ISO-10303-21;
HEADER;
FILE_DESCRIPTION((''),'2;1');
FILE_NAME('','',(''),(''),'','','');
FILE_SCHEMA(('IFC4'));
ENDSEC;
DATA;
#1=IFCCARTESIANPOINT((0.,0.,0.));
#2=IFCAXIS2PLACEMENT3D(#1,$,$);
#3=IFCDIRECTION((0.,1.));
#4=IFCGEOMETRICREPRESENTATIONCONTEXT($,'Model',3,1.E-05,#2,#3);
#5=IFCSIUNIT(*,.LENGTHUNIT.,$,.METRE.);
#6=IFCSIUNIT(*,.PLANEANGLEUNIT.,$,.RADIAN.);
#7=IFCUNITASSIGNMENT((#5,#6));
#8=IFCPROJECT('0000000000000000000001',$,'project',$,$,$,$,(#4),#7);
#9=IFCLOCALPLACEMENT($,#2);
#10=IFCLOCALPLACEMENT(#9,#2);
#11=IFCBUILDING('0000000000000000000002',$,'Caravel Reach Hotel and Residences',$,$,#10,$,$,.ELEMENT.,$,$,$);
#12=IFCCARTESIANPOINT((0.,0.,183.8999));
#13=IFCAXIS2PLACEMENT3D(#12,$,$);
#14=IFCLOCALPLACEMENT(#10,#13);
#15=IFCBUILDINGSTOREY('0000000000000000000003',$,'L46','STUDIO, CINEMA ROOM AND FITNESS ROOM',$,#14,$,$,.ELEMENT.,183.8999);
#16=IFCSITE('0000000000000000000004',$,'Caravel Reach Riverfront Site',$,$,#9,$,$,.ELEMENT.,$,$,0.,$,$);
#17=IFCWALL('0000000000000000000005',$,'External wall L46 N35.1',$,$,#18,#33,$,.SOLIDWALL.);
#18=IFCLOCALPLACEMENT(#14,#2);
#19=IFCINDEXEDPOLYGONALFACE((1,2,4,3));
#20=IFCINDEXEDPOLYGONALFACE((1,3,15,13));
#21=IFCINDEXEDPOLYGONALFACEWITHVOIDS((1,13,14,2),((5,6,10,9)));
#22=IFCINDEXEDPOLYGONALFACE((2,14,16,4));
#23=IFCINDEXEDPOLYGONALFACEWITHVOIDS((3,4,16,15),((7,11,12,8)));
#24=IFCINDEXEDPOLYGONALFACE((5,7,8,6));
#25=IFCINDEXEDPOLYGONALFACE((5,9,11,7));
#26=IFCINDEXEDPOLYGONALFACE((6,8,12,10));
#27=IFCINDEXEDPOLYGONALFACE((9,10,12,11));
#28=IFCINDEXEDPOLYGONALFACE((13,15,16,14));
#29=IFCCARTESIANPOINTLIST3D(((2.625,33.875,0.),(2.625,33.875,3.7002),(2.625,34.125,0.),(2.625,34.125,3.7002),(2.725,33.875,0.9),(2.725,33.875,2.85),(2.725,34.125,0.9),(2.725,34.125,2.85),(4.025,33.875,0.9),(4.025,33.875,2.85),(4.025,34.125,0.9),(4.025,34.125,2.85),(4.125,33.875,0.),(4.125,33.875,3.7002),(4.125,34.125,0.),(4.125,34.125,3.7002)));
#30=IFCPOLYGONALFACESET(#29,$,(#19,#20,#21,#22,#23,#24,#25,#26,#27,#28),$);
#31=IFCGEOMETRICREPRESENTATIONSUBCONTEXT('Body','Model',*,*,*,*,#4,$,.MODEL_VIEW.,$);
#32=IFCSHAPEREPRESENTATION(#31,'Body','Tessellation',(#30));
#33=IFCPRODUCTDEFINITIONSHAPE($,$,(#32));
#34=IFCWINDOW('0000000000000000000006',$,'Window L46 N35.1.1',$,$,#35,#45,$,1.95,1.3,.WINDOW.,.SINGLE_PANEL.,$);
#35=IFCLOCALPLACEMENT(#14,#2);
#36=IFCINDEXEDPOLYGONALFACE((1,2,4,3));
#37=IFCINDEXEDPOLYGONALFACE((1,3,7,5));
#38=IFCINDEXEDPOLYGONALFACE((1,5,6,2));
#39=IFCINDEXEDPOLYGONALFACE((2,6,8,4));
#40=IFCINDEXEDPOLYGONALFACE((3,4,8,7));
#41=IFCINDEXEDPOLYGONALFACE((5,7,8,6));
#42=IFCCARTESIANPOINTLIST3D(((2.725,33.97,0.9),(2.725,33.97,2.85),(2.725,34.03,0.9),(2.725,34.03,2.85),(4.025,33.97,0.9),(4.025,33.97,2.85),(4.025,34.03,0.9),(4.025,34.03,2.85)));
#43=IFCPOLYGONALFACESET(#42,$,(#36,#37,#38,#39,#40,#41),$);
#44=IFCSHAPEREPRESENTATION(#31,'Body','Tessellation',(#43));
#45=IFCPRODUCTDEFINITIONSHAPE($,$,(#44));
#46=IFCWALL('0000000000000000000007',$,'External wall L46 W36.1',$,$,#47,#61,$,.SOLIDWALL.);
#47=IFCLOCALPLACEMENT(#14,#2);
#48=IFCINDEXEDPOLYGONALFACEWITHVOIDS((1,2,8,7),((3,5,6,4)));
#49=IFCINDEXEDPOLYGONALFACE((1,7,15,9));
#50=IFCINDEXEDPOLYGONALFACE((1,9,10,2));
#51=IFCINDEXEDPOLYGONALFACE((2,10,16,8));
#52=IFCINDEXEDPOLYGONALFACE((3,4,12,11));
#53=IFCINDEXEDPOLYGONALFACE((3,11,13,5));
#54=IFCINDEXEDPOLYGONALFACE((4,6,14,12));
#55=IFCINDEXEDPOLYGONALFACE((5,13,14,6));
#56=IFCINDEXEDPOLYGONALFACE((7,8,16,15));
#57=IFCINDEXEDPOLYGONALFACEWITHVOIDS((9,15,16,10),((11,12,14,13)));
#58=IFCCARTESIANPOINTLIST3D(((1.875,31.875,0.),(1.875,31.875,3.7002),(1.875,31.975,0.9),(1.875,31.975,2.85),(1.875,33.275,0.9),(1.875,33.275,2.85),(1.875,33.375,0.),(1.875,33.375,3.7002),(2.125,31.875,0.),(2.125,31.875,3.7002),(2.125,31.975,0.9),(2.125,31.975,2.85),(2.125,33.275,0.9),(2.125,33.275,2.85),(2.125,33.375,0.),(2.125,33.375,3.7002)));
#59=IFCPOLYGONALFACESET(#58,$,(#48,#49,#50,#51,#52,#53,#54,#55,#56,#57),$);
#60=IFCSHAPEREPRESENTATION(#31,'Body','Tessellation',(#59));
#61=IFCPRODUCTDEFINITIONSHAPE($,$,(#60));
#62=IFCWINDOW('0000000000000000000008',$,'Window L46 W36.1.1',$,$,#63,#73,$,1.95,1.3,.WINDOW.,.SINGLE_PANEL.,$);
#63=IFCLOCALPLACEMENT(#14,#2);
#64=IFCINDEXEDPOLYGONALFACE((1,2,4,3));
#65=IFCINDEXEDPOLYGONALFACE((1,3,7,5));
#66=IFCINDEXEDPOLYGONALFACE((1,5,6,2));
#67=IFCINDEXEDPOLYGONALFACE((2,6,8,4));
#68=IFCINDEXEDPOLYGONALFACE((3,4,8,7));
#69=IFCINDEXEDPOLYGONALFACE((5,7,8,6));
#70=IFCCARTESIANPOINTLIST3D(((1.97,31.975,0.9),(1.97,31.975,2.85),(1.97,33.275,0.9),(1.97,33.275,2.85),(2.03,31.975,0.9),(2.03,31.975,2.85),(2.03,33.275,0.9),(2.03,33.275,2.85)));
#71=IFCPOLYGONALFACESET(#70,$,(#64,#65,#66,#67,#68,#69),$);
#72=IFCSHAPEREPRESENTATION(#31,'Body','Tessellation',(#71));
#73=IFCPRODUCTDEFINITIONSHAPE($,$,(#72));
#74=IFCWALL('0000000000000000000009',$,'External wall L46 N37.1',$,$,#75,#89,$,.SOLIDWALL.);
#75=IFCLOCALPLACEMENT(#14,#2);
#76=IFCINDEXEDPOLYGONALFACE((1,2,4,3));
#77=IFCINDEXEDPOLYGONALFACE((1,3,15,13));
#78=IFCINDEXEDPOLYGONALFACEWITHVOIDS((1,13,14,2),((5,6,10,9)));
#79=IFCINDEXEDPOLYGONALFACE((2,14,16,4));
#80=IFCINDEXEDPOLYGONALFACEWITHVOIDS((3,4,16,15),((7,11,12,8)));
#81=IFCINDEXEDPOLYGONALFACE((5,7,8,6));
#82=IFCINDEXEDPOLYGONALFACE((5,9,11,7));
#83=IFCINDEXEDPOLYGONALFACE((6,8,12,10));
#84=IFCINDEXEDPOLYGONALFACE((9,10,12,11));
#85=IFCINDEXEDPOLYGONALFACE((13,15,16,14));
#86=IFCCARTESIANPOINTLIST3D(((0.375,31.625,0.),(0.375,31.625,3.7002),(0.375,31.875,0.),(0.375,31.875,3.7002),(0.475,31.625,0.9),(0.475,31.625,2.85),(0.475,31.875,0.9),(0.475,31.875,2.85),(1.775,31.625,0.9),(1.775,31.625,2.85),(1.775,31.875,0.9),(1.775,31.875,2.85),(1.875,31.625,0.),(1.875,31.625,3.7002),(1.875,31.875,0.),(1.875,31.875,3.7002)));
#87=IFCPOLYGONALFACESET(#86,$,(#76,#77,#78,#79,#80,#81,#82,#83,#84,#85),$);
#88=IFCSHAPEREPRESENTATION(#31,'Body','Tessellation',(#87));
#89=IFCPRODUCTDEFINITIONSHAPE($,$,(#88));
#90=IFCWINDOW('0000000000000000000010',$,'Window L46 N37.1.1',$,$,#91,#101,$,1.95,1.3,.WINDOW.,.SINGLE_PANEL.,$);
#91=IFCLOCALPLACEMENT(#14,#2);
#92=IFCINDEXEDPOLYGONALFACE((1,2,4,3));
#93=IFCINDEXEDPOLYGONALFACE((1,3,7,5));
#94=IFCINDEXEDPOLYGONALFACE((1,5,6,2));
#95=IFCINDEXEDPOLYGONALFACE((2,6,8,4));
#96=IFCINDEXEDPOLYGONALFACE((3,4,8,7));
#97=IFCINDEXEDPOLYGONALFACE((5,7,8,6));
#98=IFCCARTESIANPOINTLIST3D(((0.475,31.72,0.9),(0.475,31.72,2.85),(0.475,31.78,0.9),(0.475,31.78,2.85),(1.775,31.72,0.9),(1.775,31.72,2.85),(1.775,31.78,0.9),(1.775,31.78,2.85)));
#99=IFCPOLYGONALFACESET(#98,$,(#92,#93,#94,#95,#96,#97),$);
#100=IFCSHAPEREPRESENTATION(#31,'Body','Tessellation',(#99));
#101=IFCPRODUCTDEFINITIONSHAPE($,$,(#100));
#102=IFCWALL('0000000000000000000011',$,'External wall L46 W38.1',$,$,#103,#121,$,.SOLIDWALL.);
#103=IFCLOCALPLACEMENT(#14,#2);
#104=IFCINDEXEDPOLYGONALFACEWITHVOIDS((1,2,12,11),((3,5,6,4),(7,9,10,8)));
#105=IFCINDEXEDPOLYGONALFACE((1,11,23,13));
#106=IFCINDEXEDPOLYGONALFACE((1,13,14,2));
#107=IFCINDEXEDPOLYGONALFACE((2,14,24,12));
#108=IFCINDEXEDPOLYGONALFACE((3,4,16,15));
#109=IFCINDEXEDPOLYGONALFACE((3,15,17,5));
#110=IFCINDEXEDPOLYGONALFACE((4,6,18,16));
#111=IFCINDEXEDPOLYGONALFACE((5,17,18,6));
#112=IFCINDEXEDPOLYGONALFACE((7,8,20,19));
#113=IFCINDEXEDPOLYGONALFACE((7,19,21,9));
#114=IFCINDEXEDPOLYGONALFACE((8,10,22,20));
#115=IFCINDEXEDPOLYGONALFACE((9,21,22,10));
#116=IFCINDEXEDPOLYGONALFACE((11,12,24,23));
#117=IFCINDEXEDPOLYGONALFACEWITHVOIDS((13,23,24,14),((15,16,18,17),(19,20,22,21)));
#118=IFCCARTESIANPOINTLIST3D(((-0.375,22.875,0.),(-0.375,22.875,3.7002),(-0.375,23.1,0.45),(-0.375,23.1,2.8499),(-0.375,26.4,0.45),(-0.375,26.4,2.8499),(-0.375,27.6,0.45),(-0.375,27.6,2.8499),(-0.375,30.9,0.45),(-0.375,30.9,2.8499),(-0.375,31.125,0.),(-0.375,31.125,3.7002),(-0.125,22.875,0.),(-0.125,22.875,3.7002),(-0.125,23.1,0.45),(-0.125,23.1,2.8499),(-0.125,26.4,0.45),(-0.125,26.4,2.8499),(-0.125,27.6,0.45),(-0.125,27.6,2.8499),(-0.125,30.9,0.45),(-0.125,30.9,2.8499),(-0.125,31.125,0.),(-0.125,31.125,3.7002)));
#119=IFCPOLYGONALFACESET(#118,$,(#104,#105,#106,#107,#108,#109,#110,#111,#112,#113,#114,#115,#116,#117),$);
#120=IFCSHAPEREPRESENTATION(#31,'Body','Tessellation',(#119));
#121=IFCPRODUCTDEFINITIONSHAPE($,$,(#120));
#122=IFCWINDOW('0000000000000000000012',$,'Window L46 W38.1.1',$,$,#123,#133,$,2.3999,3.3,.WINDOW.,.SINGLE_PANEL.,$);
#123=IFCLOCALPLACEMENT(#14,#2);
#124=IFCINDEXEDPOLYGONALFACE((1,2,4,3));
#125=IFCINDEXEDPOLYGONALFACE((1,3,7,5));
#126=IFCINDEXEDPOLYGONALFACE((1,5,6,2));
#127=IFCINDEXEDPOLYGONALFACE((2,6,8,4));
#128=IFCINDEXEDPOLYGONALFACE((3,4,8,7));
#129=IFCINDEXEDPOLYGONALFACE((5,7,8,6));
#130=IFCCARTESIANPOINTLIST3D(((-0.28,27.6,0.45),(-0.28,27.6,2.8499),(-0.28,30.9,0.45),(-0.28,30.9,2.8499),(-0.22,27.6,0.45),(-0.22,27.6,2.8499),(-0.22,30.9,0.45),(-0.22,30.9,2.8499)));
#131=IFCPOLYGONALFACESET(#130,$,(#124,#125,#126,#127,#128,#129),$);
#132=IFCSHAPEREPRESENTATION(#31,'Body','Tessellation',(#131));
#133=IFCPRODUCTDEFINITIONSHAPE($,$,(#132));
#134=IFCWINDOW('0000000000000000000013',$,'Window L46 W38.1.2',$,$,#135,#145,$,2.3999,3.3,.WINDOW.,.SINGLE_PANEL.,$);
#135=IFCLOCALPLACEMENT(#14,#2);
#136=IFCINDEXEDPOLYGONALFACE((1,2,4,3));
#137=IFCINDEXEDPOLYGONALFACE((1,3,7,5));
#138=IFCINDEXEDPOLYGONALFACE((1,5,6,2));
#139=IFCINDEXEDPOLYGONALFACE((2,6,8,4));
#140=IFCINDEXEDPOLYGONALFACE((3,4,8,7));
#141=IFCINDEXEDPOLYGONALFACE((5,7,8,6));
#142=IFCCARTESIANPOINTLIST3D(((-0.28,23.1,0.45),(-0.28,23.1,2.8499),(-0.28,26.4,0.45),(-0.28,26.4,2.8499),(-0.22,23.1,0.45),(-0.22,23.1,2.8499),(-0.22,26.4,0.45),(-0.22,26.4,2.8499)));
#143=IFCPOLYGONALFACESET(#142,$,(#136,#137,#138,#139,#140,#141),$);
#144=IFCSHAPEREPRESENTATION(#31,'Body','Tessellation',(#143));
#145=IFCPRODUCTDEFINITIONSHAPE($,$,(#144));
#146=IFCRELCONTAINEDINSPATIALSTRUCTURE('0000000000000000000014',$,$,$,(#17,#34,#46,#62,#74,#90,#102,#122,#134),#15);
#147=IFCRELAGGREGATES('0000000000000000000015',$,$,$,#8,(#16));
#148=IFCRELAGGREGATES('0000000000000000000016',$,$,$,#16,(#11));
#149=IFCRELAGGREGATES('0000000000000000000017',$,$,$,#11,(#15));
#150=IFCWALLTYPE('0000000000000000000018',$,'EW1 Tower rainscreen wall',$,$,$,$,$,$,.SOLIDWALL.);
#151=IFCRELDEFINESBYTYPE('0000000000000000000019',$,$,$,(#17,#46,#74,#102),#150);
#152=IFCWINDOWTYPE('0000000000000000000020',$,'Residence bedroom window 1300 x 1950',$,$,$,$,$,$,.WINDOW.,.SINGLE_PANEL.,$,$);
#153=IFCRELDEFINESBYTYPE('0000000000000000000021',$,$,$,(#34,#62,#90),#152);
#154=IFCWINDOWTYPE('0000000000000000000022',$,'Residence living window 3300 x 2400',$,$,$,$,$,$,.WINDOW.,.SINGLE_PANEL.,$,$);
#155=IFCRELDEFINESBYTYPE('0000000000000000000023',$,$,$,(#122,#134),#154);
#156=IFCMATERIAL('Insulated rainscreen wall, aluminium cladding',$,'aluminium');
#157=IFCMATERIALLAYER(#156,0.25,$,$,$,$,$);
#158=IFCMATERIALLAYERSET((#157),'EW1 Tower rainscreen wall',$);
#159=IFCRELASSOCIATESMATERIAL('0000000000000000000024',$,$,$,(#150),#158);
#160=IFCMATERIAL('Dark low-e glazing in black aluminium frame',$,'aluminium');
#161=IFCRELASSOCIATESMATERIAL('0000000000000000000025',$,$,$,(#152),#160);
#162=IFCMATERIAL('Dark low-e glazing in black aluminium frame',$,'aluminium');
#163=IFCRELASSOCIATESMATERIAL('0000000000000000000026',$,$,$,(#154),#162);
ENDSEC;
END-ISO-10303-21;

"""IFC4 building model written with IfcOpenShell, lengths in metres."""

from ifc_helpers import new_model, si_unit, direction, frame, frame_2d, origin, place, context, subcontext, project, spatial, rectangle, extrude, material, layer, layer_set, type_object, element, fill, save


model = new_model("IFC4")

# Units and contexts
model_context = context("Model", 3, precision=1e-05, world=origin(), true_north=direction((0.0, 1.0)))
body_context = subcontext(model_context, "Body", "Model", "MODEL_VIEW")
ifc_project = project(units=[si_unit("LENGTHUNIT", "METRE"), si_unit("PLANEANGLEUNIT", "RADIAN")], contexts=[model_context])

# Site, building, storey
site_placement = place(None, origin())
site = spatial("IfcSite", under=ifc_project, at=site_placement, Name="Caravel Reach Riverfront Site", CompositionType="ELEMENT", RefElevation=0.0)
building_placement = place(site_placement, origin())
building = spatial("IfcBuilding", under=site, at=building_placement, Name="Caravel Reach Hotel and Residences", CompositionType="ELEMENT")
storey_placement = place(building_placement, frame((0.0, 0.0, 183.8999)))
storey = spatial("IfcBuildingStorey", under=building, at=storey_placement, Name="L46", Description="STUDIO, CINEMA ROOM AND FITNESS ROOM", CompositionType="ELEMENT", Elevation=183.8999)

# Walls, openings, windows
ifc_material_1 = material(Name="Insulated rainscreen wall, aluminium cladding", Category="aluminium")
ifc_layer_1 = layer(ifc_material_1, 0.25)
ifc_layer_set_1 = layer_set([ifc_layer_1], Name="EW1 Tower rainscreen wall")
wall_type_1 = type_object("IfcWallType", Name="EW1 Tower rainscreen wall", PredefinedType="SOLIDWALL", material=ifc_layer_set_1)
ifc_material_2 = material(Name="Dark low-e glazing in black aluminium frame", Category="aluminium")
window_type_1 = type_object("IfcWindowType", Name="Residence bedroom window 1300 x 1950", PartitioningType="SINGLE_PANEL", PredefinedType="WINDOW", material=ifc_material_2)
wall_1_placement = place(storey_placement, frame((4.125, 34.0, 0.0), z_axis=(0.0, 0.0, 1.0), x_axis=(-1.0, 0.0, 0.0)))
wall_1 = element("IfcWall", 1, at=wall_1_placement, inside=storey, type_object=wall_type_1, Name="External wall L46 N35.1", PredefinedType="SOLIDWALL", context=body_context, shape_type="SweptSolid", body=[
    extrude(rectangle(XDim=1.5, YDim=0.25, at=frame_2d((0.75, 0.0))), origin(), (0.0, 0.0, 1.0), 3.7002),
])
opening_1_placement = place(wall_1_placement, frame((0.1001, 0.0, 0.8999)))
opening_1 = element("IfcOpeningElement", 2, at=opening_1_placement, cuts=wall_1, PredefinedType="OPENING", context=body_context, shape_type="SweptSolid", body=[
    extrude(rectangle(XDim=1.3, YDim=1.95, at=frame_2d((0.6499, 0.9751))), frame((0.0, 0.135, 0.0), z_axis=(0.0, -1.0, 0.0), x_axis=(1.0, 0.0, 0.0)), (0.0, 0.0, 1.0), 0.27),
])
window_1_placement = place(opening_1_placement, origin())
window_1 = element("IfcWindow", 3, at=window_1_placement, inside=storey, type_object=window_type_1, Name="Window L46 N35.1.1", OverallHeight=1.95, OverallWidth=1.3, PartitioningType="SINGLE_PANEL", PredefinedType="WINDOW", context=body_context, shape_type="SweptSolid", body=[
    extrude(rectangle(XDim=1.3, YDim=1.95, at=frame_2d((0.6499, 0.9751))), frame((0.0, 0.03, 0.0), z_axis=(0.0, -1.0, 0.0), x_axis=(1.0, 0.0, 0.0)), (0.0, 0.0, 1.0), 0.0601),
])
fill(opening_1, window_1)
wall_2_placement = place(storey_placement, frame((2.0, 33.375, 0.0), z_axis=(0.0, 0.0, 1.0), x_axis=(0.0, -1.0, 0.0)))
wall_2 = element("IfcWall", 4, at=wall_2_placement, inside=storey, type_object=wall_type_1, Name="External wall L46 W36.1", PredefinedType="SOLIDWALL", context=body_context, shape_type="SweptSolid", body=[
    extrude(rectangle(XDim=1.5, YDim=0.25, at=frame_2d((0.75, 0.0))), origin(), (0.0, 0.0, 1.0), 3.7002),
])
opening_2_placement = place(wall_2_placement, frame((0.1001, 0.0, 0.8999)))
opening_2 = element("IfcOpeningElement", 5, at=opening_2_placement, cuts=wall_2, PredefinedType="OPENING", context=body_context, shape_type="SweptSolid", body=[
    extrude(rectangle(XDim=1.3, YDim=1.95, at=frame_2d((0.6499, 0.9751))), frame((0.0, 0.135, 0.0), z_axis=(0.0, -1.0, 0.0), x_axis=(1.0, 0.0, 0.0)), (0.0, 0.0, 1.0), 0.27),
])
window_2_placement = place(opening_2_placement, origin())
window_2 = element("IfcWindow", 6, at=window_2_placement, inside=storey, type_object=window_type_1, Name="Window L46 W36.1.1", OverallHeight=1.95, OverallWidth=1.3, PartitioningType="SINGLE_PANEL", PredefinedType="WINDOW", context=body_context, shape_type="SweptSolid", body=[
    extrude(rectangle(XDim=1.3, YDim=1.95, at=frame_2d((0.6499, 0.9751))), frame((0.0, 0.03, 0.0), z_axis=(0.0, -1.0, 0.0), x_axis=(1.0, 0.0, 0.0)), (0.0, 0.0, 1.0), 0.0601),
])
fill(opening_2, window_2)
wall_3_placement = place(storey_placement, frame((1.875, 31.75, 0.0), z_axis=(0.0, 0.0, 1.0), x_axis=(-1.0, 0.0, 0.0)))
wall_3 = element("IfcWall", 7, at=wall_3_placement, inside=storey, type_object=wall_type_1, Name="External wall L46 N37.1", PredefinedType="SOLIDWALL", context=body_context, shape_type="SweptSolid", body=[
    extrude(rectangle(XDim=1.5, YDim=0.25, at=frame_2d((0.75, 0.0))), origin(), (0.0, 0.0, 1.0), 3.7002),
])
opening_3_placement = place(wall_3_placement, frame((0.1001, 0.0, 0.8999)))
opening_3 = element("IfcOpeningElement", 8, at=opening_3_placement, cuts=wall_3, PredefinedType="OPENING", context=body_context, shape_type="SweptSolid", body=[
    extrude(rectangle(XDim=1.3, YDim=1.95, at=frame_2d((0.6499, 0.9751))), frame((0.0, 0.135, 0.0), z_axis=(0.0, -1.0, 0.0), x_axis=(1.0, 0.0, 0.0)), (0.0, 0.0, 1.0), 0.27),
])
window_3_placement = place(opening_3_placement, origin())
window_3 = element("IfcWindow", 9, at=window_3_placement, inside=storey, type_object=window_type_1, Name="Window L46 N37.1.1", OverallHeight=1.95, OverallWidth=1.3, PartitioningType="SINGLE_PANEL", PredefinedType="WINDOW", context=body_context, shape_type="SweptSolid", body=[
    extrude(rectangle(XDim=1.3, YDim=1.95, at=frame_2d((0.6499, 0.9751))), frame((0.0, 0.03, 0.0), z_axis=(0.0, -1.0, 0.0), x_axis=(1.0, 0.0, 0.0)), (0.0, 0.0, 1.0), 0.0601),
])
fill(opening_3, window_3)

# Wall, openings, windows
wall_4_placement = place(storey_placement, frame((-0.25, 31.125, 0.0), z_axis=(0.0, 0.0, 1.0), x_axis=(0.0, -1.0, 0.0)))
wall_4 = element("IfcWall", 10, at=wall_4_placement, inside=storey, type_object=wall_type_1, Name="External wall L46 W38.1", PredefinedType="SOLIDWALL", context=body_context, shape_type="SweptSolid", body=[
    extrude(rectangle(XDim=8.25, YDim=0.25, at=frame_2d((4.125, 0.0))), origin(), (0.0, 0.0, 1.0), 3.7002),
])
opening_4_placement = place(wall_4_placement, frame((0.2251, 0.0, 0.45)))
opening_4 = element("IfcOpeningElement", 11, at=opening_4_placement, cuts=wall_4, PredefinedType="OPENING", context=body_context, shape_type="SweptSolid", body=[
    extrude(rectangle(XDim=3.3, YDim=2.3999, at=frame_2d((1.6499, 1.2))), frame((0.0, 0.135, 0.0), z_axis=(0.0, -1.0, 0.0), x_axis=(1.0, 0.0, 0.0)), (0.0, 0.0, 1.0), 0.27),
])
opening_5_placement = place(wall_4_placement, frame((4.7251, 0.0, 0.45)))
opening_5 = element("IfcOpeningElement", 12, at=opening_5_placement, cuts=wall_4, PredefinedType="OPENING", context=body_context, shape_type="SweptSolid", body=[
    extrude(rectangle(XDim=3.3, YDim=2.3999, at=frame_2d((1.6499, 1.2))), frame((0.0, 0.135, 0.0), z_axis=(0.0, -1.0, 0.0), x_axis=(1.0, 0.0, 0.0)), (0.0, 0.0, 1.0), 0.27),
])
ifc_material_3 = material(Name="Dark low-e glazing in black aluminium frame", Category="aluminium")
window_type_2 = type_object("IfcWindowType", Name="Residence living window 3300 x 2400", PartitioningType="SINGLE_PANEL", PredefinedType="WINDOW", material=ifc_material_3)
window_4_placement = place(opening_4_placement, origin())
window_4 = element("IfcWindow", 13, at=window_4_placement, inside=storey, type_object=window_type_2, Name="Window L46 W38.1.1", OverallHeight=2.3999, OverallWidth=3.3, PartitioningType="SINGLE_PANEL", PredefinedType="WINDOW", context=body_context, shape_type="SweptSolid", body=[
    extrude(rectangle(XDim=3.3, YDim=2.3999, at=frame_2d((1.6499, 1.2))), frame((0.0, 0.03, 0.0), z_axis=(0.0, -1.0, 0.0), x_axis=(1.0, 0.0, 0.0)), (0.0, 0.0, 1.0), 0.0601),
])
fill(opening_4, window_4)
window_5_placement = place(opening_5_placement, origin())
window_5 = element("IfcWindow", 14, at=window_5_placement, inside=storey, type_object=window_type_2, Name="Window L46 W38.1.2", OverallHeight=2.3999, OverallWidth=3.3, PartitioningType="SINGLE_PANEL", PredefinedType="WINDOW", context=body_context, shape_type="SweptSolid", body=[
    extrude(rectangle(XDim=3.3, YDim=2.3999, at=frame_2d((1.6499, 1.2))), frame((0.0, 0.03, 0.0), z_axis=(0.0, -1.0, 0.0), x_axis=(1.0, 0.0, 0.0)), (0.0, 0.0, 1.0), 0.0601),
])
fill(opening_5, window_5)

save(model, "model.ifc")
